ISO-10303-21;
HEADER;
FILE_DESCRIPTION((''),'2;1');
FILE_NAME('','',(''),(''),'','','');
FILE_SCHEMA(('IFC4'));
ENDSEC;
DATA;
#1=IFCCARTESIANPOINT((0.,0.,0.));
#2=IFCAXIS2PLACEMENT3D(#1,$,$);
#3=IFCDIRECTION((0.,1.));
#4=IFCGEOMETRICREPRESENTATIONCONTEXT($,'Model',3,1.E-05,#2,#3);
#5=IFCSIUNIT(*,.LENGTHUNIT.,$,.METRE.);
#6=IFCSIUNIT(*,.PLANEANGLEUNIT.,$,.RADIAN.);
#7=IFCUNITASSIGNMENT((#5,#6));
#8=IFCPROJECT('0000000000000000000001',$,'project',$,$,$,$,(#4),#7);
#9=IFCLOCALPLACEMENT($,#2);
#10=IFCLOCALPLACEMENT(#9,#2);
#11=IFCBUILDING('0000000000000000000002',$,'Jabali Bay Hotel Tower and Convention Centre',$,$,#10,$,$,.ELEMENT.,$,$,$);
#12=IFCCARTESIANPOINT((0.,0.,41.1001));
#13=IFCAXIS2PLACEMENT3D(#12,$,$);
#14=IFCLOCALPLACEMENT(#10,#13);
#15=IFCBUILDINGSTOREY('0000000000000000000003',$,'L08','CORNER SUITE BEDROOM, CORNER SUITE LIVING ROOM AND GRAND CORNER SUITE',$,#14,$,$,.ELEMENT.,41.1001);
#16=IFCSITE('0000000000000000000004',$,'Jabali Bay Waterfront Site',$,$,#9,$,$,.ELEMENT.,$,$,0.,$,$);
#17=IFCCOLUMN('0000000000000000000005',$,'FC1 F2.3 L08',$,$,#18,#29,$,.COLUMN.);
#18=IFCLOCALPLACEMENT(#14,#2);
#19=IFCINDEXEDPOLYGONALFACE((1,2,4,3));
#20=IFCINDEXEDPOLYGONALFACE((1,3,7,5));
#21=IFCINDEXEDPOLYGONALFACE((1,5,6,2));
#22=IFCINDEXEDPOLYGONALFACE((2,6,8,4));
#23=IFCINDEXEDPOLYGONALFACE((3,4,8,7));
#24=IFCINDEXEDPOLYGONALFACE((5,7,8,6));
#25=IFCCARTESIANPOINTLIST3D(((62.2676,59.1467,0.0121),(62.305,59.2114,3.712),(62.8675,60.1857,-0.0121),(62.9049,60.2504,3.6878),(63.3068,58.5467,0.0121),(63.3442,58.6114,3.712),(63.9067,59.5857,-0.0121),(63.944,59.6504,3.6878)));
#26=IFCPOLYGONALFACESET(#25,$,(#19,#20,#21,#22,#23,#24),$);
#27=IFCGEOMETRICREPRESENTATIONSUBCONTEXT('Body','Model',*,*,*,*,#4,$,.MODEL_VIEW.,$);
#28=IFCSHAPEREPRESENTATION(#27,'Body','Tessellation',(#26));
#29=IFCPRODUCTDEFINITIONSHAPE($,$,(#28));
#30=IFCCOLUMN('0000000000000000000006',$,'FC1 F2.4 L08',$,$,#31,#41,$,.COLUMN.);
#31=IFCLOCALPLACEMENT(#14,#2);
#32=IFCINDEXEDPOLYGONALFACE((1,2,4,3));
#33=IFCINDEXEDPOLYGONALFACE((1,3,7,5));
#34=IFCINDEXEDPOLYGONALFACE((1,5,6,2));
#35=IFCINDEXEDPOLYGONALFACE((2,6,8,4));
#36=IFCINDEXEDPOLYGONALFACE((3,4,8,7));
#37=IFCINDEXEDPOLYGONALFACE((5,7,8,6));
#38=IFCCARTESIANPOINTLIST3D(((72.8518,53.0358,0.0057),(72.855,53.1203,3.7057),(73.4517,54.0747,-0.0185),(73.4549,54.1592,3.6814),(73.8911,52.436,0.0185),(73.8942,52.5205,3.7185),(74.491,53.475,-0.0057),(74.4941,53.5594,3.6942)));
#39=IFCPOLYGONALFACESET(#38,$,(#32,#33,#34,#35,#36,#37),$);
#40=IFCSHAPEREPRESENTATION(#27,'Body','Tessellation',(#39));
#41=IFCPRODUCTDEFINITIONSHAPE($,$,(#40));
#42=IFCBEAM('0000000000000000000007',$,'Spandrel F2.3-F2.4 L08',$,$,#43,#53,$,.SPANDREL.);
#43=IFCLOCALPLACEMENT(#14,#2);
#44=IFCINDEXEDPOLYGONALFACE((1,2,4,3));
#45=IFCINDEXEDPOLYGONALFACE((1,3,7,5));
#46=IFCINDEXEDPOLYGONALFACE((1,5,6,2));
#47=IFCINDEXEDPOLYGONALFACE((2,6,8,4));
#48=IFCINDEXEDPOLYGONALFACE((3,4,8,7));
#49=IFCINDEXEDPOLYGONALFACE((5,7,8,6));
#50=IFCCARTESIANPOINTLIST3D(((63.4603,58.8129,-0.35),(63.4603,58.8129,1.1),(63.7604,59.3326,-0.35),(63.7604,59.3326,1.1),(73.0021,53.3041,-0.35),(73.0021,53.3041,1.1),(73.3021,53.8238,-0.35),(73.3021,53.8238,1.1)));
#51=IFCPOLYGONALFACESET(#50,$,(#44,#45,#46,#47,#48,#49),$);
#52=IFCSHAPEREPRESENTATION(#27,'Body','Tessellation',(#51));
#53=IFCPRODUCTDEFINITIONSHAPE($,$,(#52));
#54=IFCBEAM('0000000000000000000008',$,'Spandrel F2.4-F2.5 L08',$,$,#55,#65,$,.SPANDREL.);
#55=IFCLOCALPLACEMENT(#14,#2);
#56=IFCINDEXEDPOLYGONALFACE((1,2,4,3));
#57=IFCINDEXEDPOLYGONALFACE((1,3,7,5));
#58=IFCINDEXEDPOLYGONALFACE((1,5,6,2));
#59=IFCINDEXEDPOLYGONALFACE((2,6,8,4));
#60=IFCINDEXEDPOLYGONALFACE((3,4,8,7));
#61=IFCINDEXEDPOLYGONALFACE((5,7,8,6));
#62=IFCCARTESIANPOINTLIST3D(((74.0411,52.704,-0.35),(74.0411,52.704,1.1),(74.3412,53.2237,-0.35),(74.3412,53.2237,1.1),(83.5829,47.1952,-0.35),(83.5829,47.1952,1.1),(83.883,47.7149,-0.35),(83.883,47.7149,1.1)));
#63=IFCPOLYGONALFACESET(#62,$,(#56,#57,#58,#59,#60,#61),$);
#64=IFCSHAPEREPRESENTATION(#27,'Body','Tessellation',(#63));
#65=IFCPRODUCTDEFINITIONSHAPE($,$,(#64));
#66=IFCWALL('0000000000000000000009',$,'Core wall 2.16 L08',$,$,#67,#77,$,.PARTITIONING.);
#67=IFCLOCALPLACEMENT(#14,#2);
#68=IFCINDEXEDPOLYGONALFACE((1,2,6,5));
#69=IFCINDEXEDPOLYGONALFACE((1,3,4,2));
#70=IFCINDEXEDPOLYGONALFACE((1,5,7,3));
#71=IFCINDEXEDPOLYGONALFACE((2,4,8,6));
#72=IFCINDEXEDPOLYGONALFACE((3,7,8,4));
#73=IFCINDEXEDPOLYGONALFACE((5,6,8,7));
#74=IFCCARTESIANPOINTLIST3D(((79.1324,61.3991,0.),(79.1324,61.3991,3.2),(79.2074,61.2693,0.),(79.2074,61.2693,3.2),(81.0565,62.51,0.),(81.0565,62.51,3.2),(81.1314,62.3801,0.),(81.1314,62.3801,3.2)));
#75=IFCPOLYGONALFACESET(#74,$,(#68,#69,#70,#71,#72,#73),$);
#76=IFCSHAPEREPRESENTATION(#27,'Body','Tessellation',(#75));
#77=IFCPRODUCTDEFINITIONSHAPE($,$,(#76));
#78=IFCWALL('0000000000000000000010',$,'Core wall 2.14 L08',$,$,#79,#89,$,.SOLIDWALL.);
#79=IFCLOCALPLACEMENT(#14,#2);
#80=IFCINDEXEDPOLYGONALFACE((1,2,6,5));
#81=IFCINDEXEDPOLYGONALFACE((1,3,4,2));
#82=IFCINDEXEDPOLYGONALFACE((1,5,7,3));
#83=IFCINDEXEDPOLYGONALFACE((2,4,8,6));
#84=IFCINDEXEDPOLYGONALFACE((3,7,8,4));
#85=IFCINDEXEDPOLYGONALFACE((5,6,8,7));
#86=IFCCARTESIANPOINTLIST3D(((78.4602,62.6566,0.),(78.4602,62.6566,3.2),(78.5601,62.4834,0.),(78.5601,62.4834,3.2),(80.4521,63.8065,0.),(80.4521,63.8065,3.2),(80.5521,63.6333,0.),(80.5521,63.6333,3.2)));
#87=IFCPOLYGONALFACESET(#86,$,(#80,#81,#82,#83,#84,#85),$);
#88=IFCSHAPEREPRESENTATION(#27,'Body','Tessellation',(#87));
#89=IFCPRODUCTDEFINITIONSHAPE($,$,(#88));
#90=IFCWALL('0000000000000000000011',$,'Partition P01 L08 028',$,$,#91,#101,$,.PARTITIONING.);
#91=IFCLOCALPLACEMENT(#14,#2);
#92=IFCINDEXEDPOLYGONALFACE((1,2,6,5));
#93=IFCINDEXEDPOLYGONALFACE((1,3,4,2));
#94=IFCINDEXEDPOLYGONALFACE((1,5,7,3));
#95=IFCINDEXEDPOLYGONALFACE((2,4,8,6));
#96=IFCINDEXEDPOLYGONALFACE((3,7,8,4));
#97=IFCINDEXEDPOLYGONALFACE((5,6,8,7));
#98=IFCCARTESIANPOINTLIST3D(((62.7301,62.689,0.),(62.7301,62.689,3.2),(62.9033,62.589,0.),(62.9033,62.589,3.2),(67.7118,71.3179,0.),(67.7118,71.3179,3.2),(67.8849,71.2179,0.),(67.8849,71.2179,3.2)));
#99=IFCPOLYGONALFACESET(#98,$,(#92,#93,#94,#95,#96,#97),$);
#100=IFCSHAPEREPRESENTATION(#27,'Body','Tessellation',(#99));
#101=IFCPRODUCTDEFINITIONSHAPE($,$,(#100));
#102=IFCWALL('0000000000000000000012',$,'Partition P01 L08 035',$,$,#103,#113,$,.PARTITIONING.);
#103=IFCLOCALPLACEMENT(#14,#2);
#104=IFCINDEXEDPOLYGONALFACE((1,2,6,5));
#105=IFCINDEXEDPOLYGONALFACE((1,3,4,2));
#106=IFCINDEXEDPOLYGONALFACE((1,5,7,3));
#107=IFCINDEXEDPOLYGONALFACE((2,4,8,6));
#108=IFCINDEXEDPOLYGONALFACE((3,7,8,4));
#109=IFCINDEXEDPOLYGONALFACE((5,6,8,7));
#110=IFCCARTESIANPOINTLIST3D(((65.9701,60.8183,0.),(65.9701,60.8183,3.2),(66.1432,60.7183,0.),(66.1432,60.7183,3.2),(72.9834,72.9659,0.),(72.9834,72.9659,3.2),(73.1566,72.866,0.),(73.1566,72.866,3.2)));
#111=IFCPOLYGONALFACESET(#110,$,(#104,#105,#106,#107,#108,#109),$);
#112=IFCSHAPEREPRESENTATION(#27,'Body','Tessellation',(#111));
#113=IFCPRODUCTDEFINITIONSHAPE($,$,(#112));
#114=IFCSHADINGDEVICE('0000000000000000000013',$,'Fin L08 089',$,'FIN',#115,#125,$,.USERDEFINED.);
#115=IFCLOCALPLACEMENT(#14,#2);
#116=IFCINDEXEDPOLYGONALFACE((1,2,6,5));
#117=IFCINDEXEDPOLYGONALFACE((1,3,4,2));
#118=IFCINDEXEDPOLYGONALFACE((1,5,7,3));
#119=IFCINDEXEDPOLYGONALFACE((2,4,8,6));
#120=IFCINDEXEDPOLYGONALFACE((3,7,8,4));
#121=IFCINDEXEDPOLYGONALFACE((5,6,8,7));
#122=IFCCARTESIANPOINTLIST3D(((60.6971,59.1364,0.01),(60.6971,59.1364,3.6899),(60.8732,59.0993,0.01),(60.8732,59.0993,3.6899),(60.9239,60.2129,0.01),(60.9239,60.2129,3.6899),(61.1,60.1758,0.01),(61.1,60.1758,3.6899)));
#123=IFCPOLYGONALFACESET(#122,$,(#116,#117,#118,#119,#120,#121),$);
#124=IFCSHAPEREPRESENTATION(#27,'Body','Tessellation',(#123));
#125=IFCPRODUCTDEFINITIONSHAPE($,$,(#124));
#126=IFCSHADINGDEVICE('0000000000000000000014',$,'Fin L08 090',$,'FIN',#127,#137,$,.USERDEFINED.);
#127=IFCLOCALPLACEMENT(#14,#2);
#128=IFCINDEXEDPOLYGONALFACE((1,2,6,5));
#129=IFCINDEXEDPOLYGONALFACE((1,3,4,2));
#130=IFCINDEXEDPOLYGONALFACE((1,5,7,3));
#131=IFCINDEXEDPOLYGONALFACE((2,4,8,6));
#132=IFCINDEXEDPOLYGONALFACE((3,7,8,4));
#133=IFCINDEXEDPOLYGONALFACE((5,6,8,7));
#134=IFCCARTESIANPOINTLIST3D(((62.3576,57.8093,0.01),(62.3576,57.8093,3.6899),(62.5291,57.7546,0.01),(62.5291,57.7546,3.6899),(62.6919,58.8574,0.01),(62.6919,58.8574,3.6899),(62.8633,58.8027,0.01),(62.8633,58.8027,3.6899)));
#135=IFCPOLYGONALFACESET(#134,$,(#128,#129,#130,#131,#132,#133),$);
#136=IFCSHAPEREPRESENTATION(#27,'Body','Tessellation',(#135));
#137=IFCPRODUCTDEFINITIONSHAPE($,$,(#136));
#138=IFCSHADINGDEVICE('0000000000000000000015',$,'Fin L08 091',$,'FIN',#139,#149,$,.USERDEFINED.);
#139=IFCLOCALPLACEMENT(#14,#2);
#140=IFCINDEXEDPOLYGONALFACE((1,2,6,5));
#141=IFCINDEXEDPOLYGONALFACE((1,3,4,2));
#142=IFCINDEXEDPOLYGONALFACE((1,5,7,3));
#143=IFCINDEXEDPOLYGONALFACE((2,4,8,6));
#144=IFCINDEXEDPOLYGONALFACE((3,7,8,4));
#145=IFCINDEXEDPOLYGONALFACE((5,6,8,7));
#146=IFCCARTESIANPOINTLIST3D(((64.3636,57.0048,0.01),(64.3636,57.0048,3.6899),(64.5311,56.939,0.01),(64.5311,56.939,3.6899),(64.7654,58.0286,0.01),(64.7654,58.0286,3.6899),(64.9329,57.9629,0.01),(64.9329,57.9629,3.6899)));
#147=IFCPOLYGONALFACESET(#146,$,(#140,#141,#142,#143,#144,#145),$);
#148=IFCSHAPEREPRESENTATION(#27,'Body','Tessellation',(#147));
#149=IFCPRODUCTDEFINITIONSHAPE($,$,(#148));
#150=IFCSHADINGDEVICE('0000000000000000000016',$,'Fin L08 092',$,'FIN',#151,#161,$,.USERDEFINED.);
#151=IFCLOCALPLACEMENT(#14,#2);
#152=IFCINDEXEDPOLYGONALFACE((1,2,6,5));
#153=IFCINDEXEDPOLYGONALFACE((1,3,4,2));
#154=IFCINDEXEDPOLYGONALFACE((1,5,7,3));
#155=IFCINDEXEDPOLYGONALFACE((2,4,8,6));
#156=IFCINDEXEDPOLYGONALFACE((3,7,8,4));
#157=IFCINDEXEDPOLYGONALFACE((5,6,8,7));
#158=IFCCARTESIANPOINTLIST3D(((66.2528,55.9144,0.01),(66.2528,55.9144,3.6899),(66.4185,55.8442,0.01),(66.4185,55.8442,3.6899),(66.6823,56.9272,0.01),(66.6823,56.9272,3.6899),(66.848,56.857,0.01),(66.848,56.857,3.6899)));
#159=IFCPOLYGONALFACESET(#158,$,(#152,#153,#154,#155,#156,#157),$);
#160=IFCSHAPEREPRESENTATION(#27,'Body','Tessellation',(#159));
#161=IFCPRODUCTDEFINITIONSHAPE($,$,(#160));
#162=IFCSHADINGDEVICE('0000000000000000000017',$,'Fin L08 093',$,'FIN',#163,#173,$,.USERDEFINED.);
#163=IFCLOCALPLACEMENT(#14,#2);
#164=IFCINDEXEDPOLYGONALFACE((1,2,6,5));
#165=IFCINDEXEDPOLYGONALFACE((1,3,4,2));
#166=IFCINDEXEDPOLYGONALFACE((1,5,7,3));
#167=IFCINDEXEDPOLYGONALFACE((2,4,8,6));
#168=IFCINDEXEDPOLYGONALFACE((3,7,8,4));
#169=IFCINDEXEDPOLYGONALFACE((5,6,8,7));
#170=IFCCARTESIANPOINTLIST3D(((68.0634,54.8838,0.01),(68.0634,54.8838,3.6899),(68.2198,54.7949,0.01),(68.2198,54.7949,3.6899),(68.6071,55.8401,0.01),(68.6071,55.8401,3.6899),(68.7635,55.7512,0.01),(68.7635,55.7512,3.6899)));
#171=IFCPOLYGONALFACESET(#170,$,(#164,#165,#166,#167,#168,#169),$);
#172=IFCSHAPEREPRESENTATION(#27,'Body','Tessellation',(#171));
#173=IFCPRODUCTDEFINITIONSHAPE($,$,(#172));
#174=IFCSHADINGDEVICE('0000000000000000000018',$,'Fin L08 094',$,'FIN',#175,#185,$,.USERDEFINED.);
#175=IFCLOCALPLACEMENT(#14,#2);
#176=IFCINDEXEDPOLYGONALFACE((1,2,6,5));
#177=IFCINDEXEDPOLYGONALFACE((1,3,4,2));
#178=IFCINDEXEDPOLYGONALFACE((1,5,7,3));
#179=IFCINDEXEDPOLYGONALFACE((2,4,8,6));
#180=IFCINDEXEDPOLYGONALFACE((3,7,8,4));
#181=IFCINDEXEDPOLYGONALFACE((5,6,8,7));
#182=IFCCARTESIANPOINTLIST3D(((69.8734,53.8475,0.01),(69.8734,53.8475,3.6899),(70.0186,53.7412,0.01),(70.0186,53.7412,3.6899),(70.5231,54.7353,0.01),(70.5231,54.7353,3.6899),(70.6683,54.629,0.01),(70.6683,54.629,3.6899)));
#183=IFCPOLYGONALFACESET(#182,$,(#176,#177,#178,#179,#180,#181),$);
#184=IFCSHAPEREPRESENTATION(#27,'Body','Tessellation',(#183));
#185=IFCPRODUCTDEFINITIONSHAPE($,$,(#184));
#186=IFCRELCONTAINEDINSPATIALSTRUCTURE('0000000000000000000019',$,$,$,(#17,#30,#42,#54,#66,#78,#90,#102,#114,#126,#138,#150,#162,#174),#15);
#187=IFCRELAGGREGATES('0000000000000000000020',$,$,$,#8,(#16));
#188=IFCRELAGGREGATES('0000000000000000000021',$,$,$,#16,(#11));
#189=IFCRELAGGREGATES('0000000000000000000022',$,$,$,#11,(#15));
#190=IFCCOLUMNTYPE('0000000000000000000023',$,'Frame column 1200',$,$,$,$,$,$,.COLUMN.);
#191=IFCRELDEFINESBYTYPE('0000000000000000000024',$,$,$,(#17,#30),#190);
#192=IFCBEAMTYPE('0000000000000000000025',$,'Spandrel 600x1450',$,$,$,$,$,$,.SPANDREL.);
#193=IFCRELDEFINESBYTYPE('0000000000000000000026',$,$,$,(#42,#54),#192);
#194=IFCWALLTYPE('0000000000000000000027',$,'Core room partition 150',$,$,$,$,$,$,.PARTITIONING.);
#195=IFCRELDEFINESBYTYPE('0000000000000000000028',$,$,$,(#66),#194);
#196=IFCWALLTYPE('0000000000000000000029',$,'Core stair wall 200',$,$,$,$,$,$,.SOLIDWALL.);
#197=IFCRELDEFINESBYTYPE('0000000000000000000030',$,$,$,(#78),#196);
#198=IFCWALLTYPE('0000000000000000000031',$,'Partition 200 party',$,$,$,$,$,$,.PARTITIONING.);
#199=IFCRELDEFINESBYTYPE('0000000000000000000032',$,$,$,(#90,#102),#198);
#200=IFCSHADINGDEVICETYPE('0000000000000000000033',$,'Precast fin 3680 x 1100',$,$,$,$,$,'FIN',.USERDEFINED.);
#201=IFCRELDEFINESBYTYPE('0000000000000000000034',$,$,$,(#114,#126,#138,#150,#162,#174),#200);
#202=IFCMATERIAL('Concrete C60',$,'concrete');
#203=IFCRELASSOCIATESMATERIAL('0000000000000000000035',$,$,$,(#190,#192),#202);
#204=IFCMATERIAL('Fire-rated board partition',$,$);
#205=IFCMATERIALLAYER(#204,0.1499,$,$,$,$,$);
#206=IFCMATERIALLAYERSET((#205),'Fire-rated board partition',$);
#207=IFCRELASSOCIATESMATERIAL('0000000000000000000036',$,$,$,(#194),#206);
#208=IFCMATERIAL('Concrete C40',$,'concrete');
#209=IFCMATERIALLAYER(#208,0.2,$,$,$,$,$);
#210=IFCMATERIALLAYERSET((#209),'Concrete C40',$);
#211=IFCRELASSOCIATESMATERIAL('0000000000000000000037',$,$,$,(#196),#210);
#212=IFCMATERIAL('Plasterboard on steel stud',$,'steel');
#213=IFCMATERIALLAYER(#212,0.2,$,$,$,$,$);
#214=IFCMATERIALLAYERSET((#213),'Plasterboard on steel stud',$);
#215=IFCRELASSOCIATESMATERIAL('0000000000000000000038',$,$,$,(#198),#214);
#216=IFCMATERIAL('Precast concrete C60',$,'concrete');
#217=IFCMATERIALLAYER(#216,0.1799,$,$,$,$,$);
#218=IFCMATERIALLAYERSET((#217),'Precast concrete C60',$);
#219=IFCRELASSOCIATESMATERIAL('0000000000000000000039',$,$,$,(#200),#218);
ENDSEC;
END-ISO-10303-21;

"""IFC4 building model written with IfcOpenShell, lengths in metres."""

from ifc_helpers import new_model, si_unit, direction, frame, frame_2d, origin, origin_2d, place, context, subcontext, project, spatial, rectangle, extrude, material, layer, layer_set, material_profile, profile_set, type_object, element, save


model = new_model("IFC4")

# Units and contexts
model_context = context("Model", 3, precision=1e-05, world=origin(), true_north=direction((0.0, 1.0)))
body_context = subcontext(model_context, "Body", "Model", "MODEL_VIEW")
ifc_project = project(units=[si_unit("LENGTHUNIT", "METRE"), si_unit("PLANEANGLEUNIT", "RADIAN")], contexts=[model_context])

# Site, building, storey
site_placement = place(None, origin())
site = spatial("IfcSite", under=ifc_project, at=site_placement, Name="Jabali Bay Waterfront Site", CompositionType="ELEMENT", RefElevation=0.0)
building_placement = place(site_placement, origin())
building = spatial("IfcBuilding", under=site, at=building_placement, Name="Jabali Bay Hotel Tower and Convention Centre", CompositionType="ELEMENT")
storey_placement = place(building_placement, frame((0.0, 0.0, 41.1001)))
storey = spatial("IfcBuildingStorey", under=building, at=storey_placement, Name="L08", Description="CORNER SUITE BEDROOM, CORNER SUITE LIVING ROOM AND GRAND CORNER SUITE", CompositionType="ELEMENT", Elevation=41.1001)

# Columns
ifc_material_1 = material(Name="Concrete C60", Category="concrete")
ifc_material_profile_1 = material_profile(ifc_material_1, rectangle(XDim=1.2, YDim=1.2, at=origin_2d()), Name="Frame column 1200")
ifc_profile_set_1 = profile_set([ifc_material_profile_1], Name="Concrete C60")
column_type = type_object("IfcColumnType", Name="Frame column 1200", PredefinedType="COLUMN", material=ifc_profile_set_1)
column_1_placement = place(storey_placement, frame((63.0872, 59.3662, 0.0), z_axis=(0.010094, 0.017482, 0.999796), x_axis=(-0.499907, -0.865844, 0.020187)))
element("IfcColumn", 1, at=column_1_placement, inside=storey, type_object=column_type, Name="FC1 F2.3 L08", PredefinedType="COLUMN", context=body_context, shape_type="SweptSolid", body=[
    extrude(rectangle(XDim=1.2, YDim=1.2, at=origin_2d()), origin(), (0.0, 0.0, 1.0), 3.7007),
])
column_2_placement = place(storey_placement, frame((73.6714, 53.2554, 0.0), z_axis=(0.000858, 0.022825, 0.999739), x_axis=(-0.499939, -0.865825, 0.020196)))
element("IfcColumn", 2, at=column_2_placement, inside=storey, type_object=column_type, Name="FC1 F2.4 L08", PredefinedType="COLUMN", context=body_context, shape_type="SweptSolid", body=[
    extrude(rectangle(XDim=1.2, YDim=1.2, at=origin_2d()), origin(), (0.0, 0.0, 1.0), 3.7009),
])

# Beams
ifc_material_profile_2 = material_profile(ifc_material_1, rectangle(XDim=0.6001, YDim=1.45, at=origin_2d()), Name="Spandrel 600x1450")
ifc_profile_set_2 = profile_set([ifc_material_profile_2], Name="Concrete C60")
beam_type = type_object("IfcBeamType", Name="Spandrel 600x1450", PredefinedType="SPANDREL", material=ifc_profile_set_2)
for number, where, z_axis, x_axis, name in (
    (3, (63.6104, 59.0728, 0.375), (0.866031, -0.49999, 0.0), (0.49999, 0.866031, 0.0), "Spandrel F2.3-F2.4 L08"),
    (4, (74.1912, 52.9639, 0.375), (0.866031, -0.49999, 0.0), (0.49999, 0.866031, 0.0), "Spandrel F2.4-F2.5 L08"),
):
    element("IfcBeam", number, at=place(storey_placement, frame(where, z_axis=z_axis, x_axis=x_axis)), inside=storey, type_object=beam_type, Name=name, PredefinedType="SPANDREL", context=body_context, shape_type="SweptSolid", body=[
        extrude(rectangle(XDim=0.6001, YDim=1.45, at=origin_2d()), origin(), (0.0, 0.0, 1.0), 11.0178),
    ])

# Walls
ifc_material_2 = material(Name="Fire-rated board partition")
ifc_layer_1 = layer(ifc_material_2, 0.1499)
ifc_layer_set_1 = layer_set([ifc_layer_1], Name="Fire-rated board partition")
wall_type_1 = type_object("IfcWallType", Name="Core room partition 150", PredefinedType="PARTITIONING", material=ifc_layer_set_1)
wall_1_placement = place(storey_placement, frame((79.1699, 61.3342, 0.0), z_axis=(0.0, 0.0, 1.0), x_axis=(0.86603, 0.499992, 0.0)))
element("IfcWall", 5, at=wall_1_placement, inside=storey, type_object=wall_type_1, Name="Core wall 2.16 L08", PredefinedType="PARTITIONING", context=body_context, shape_type="SweptSolid", body=[
    extrude(rectangle(XDim=2.2217, YDim=0.1499, at=frame_2d((1.1108, 0.0))), origin(), (0.0, 0.0, 1.0), 3.2),
])
ifc_material_3 = material(Name="Concrete C40", Category="concrete")
ifc_layer_2 = layer(ifc_material_3, 0.2)
ifc_layer_set_2 = layer_set([ifc_layer_2], Name="Concrete C40")
wall_type_2 = type_object("IfcWallType", Name="Core stair wall 200", PredefinedType="SOLIDWALL", material=ifc_layer_set_2)
wall_2_placement = place(storey_placement, frame((78.5103, 62.5701, 0.0), z_axis=(0.0, 0.0, 1.0), x_axis=(0.866053, 0.499952, 0.0)))
element("IfcWall", 6, at=wall_2_placement, inside=storey, type_object=wall_type_2, Name="Core wall 2.14 L08", PredefinedType="SOLIDWALL", context=body_context, shape_type="SweptSolid", body=[
    extrude(rectangle(XDim=2.3, YDim=0.2, at=frame_2d((1.1499, 0.0))), origin(), (0.0, 0.0, 1.0), 3.2),
])
ifc_material_4 = material(Name="Plasterboard on steel stud", Category="steel")
ifc_layer_3 = layer(ifc_material_4, 0.2)
ifc_layer_set_3 = layer_set([ifc_layer_3], Name="Plasterboard on steel stud")
wall_type_3 = type_object("IfcWallType", Name="Partition 200 party", PredefinedType="PARTITIONING", material=ifc_layer_set_3)
wall_3_placement = place(storey_placement, frame((62.8167, 62.6389, 0.0), z_axis=(0.0, 0.0, 1.0), x_axis=(0.499984, 0.866035, 0.0)))
element("IfcWall", 7, at=wall_3_placement, inside=storey, type_object=wall_type_3, Name="Partition P01 L08 028", PredefinedType="PARTITIONING", context=body_context, shape_type="SweptSolid", body=[
    extrude(rectangle(XDim=9.9636, YDim=0.2, at=frame_2d((4.9819, 0.0))), origin(), (0.0, 0.0, 1.0), 3.2),
])
wall_4_placement = place(storey_placement, frame((66.0566, 60.7683, 0.0), z_axis=(0.0, 0.0, 1.0), x_axis=(0.499997, 0.866027, 0.0)))
element("IfcWall", 8, at=wall_4_placement, inside=storey, type_object=wall_type_3, Name="Partition P01 L08 035", PredefinedType="PARTITIONING", context=body_context, shape_type="SweptSolid", body=[
    extrude(rectangle(XDim=14.0269, YDim=0.2, at=frame_2d((7.0134, 0.0))), origin(), (0.0, 0.0, 1.0), 3.2),
])

# Shading devices
ifc_material_5 = material(Name="Precast concrete C60", Category="concrete")
ifc_layer_4 = layer(ifc_material_5, 0.1799)
ifc_layer_set_4 = layer_set([ifc_layer_4], Name="Precast concrete C60")
shading_device_type_1 = type_object("IfcShadingDeviceType", Name="Precast fin 3680 x 1100", ElementType="FIN", PredefinedType="USERDEFINED", material=ifc_layer_set_4)
for number, where, z_axis, x_axis, name in (
    (9, (61.012, 60.1943, 0.01), (0.0, 0.0, 1.0), (-0.206178, -0.978514, 0.0), "Fin L08 089"),
    (10, (62.7776, 58.8301, 0.01), (0.0, 0.0, 1.0), (-0.303817, -0.95273, 0.0), "Fin L08 090"),
):
    element("IfcShadingDevice", number, at=place(storey_placement, frame(where, z_axis=z_axis, x_axis=x_axis)), inside=storey, type_object=shading_device_type_1, Name=name, ObjectType="FIN", PredefinedType="USERDEFINED", context=body_context, shape_type="SweptSolid", body=[
        extrude(rectangle(XDim=1.1001, YDim=0.1799, at=frame_2d((0.55, 0.0))), origin(), (0.0, 0.0, 1.0), 3.6799),
    ])
shading_device_1_placement = place(storey_placement, frame((64.8491, 57.9956, 0.01), z_axis=(0.0, 0.0, 1.0), x_axis=(-0.365336, -0.930876, 0.0)))
element("IfcShadingDevice", 11, at=shading_device_1_placement, inside=storey, type_object=shading_device_type_1, Name="Fin L08 091", ObjectType="FIN", PredefinedType="USERDEFINED", context=body_context, shape_type="SweptSolid", body=[
    extrude(rectangle(XDim=1.0999, YDim=0.1799, at=frame_2d((0.5498, 0.0))), origin(), (0.0, 0.0, 1.0), 3.6799),
])
for number, where, z_axis, x_axis, name in (
    (12, (66.7651, 56.8921, 0.01), (0.0, 0.0, 1.0), (-0.390407, -0.920642, 0.0), "Fin L08 092"),
    (13, (68.6853, 55.7957, 0.01), (0.0, 0.0, 1.0), (-0.49425, -0.86932, 0.0), "Fin L08 093"),
    (14, (70.5957, 54.6821, 0.01), (0.0, 0.0, 1.0), (-0.590584, -0.806976, 0.0), "Fin L08 094"),
):
    element("IfcShadingDevice", number, at=place(storey_placement, frame(where, z_axis=z_axis, x_axis=x_axis)), inside=storey, type_object=shading_device_type_1, Name=name, ObjectType="FIN", PredefinedType="USERDEFINED", context=body_context, shape_type="SweptSolid", body=[
        extrude(rectangle(XDim=1.1001, YDim=0.1799, at=frame_2d((0.55, 0.0))), origin(), (0.0, 0.0, 1.0), 3.6799),
    ])

save(model, "model.ifc")
